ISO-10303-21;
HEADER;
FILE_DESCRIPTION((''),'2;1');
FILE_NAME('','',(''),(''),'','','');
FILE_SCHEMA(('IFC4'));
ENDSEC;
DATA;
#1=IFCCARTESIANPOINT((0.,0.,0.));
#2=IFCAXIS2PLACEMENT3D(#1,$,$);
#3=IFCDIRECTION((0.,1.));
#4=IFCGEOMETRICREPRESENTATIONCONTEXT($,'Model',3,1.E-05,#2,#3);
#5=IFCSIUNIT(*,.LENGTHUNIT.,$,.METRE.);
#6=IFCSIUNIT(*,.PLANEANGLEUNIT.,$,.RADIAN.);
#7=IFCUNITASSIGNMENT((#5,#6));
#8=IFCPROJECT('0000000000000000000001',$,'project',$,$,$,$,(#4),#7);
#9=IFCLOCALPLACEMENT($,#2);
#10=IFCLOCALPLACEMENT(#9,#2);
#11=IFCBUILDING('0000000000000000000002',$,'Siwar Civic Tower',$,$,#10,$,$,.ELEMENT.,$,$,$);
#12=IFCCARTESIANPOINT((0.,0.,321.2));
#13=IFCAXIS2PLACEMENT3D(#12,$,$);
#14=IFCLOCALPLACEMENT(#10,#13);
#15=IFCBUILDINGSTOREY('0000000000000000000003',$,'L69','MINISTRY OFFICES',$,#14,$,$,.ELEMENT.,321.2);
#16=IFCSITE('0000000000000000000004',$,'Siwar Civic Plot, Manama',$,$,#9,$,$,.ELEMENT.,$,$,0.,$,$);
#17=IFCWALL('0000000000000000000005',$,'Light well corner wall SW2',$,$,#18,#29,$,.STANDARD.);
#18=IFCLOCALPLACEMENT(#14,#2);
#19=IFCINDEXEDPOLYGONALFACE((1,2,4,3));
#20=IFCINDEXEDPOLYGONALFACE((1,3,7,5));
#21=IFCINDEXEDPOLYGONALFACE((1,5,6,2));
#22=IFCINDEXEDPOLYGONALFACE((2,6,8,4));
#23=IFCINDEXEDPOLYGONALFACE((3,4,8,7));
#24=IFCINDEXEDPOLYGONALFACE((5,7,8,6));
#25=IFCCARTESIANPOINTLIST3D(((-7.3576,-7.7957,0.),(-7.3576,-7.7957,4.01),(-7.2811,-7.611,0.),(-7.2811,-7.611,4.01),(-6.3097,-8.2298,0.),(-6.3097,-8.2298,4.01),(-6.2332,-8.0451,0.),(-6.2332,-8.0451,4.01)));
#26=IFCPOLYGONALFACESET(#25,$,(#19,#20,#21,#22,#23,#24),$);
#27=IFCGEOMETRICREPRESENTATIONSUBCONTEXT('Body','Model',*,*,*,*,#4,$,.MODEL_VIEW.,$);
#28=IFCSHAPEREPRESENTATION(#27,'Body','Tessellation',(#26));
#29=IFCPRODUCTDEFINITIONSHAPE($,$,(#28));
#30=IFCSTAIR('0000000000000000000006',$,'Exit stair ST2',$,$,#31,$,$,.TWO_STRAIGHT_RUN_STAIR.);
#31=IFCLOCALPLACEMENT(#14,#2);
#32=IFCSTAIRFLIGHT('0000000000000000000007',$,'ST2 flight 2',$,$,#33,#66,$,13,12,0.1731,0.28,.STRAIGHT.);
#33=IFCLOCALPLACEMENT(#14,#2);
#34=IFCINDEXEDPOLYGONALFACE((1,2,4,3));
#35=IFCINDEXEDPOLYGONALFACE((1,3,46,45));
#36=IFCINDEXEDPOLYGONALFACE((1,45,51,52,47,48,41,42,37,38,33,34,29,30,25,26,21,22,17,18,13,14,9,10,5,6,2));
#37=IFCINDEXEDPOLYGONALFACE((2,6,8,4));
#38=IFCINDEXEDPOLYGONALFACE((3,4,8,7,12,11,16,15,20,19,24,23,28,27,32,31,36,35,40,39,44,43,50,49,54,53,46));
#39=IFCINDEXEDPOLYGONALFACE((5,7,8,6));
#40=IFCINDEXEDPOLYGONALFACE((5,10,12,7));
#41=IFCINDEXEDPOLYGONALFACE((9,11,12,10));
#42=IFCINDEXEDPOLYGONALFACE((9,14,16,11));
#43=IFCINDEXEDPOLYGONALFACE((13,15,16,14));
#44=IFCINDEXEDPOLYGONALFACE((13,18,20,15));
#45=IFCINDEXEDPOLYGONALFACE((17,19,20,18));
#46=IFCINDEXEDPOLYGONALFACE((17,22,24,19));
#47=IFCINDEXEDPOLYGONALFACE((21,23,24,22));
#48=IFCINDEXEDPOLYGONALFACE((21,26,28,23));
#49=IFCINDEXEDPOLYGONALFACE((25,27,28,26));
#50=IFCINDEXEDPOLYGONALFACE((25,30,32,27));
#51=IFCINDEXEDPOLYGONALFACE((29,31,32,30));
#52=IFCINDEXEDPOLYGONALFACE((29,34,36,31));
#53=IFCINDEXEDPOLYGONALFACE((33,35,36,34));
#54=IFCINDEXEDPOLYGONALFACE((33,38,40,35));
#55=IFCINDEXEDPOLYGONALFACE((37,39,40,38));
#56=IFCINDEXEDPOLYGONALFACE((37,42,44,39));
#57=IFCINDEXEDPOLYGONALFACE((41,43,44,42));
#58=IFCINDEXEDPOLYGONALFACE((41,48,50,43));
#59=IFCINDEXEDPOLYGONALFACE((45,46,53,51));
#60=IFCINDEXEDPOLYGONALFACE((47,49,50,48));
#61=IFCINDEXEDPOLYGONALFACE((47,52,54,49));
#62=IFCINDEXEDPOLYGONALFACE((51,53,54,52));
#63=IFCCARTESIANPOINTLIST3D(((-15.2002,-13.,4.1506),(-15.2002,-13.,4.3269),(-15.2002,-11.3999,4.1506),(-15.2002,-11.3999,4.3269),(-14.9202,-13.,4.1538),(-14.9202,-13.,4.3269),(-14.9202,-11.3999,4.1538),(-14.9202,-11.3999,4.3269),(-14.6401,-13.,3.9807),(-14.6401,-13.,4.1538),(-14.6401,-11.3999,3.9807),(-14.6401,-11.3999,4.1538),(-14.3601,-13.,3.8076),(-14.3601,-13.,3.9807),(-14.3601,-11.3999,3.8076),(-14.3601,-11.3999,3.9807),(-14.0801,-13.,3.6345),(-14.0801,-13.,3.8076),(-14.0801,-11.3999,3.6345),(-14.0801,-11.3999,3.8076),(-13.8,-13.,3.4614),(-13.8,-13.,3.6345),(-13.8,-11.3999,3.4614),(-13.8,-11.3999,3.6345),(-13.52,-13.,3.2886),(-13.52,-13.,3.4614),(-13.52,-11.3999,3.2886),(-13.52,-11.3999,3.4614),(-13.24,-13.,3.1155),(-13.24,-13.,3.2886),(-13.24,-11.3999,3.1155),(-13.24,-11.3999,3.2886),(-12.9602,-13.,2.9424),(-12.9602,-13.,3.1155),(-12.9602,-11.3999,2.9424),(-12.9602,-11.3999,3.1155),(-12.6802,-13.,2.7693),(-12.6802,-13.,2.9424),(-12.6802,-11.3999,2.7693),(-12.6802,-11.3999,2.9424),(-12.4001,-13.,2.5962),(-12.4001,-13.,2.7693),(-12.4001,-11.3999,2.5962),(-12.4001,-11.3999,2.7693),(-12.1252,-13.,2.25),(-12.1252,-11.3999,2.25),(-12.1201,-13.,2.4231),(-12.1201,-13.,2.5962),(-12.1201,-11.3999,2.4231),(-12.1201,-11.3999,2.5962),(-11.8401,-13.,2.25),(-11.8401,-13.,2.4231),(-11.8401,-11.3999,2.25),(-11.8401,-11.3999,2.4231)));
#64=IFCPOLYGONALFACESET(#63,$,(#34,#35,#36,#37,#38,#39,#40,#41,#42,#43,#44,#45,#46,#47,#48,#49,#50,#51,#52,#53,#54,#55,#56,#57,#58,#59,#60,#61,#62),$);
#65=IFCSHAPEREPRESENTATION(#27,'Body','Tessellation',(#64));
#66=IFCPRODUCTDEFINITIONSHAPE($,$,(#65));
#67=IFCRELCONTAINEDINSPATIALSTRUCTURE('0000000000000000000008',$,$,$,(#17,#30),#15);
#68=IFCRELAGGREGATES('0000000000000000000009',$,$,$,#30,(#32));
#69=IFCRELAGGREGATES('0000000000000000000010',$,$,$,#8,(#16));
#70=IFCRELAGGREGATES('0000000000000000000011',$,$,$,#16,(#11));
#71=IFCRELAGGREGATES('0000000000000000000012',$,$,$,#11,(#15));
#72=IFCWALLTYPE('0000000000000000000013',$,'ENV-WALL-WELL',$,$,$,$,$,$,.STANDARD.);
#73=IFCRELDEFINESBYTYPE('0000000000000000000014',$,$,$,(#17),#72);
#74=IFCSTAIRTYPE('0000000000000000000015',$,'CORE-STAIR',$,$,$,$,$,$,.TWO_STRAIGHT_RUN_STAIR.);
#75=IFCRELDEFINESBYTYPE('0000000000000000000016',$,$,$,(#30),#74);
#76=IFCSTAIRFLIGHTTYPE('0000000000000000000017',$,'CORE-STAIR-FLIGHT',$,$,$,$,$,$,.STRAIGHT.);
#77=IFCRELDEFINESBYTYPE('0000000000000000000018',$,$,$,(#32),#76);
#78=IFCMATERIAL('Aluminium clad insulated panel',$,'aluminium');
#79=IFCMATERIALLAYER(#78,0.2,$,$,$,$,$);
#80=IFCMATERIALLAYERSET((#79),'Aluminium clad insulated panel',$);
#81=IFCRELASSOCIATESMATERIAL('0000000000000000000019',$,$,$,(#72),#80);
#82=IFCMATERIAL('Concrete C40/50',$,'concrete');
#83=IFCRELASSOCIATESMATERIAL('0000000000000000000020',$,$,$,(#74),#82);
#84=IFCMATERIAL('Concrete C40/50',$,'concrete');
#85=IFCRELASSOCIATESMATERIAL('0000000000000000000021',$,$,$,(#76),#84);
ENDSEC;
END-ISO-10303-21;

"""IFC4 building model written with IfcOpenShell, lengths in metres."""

from ifc_helpers import new_model, si_unit, direction, frame, frame_2d, origin, place, context, subcontext, project, spatial, polyline, rectangle, outline, extrude, material, layer, layer_set, type_object, element, aggregate, save


model = new_model("IFC4")

# Units and contexts
model_context = context("Model", 3, precision=1e-05, world=origin(), true_north=direction((0.0, 1.0)))
body_context = subcontext(model_context, "Body", "Model", "MODEL_VIEW")
ifc_project = project(units=[si_unit("LENGTHUNIT", "METRE"), si_unit("PLANEANGLEUNIT", "RADIAN")], contexts=[model_context])

# Site, building, storey
site_placement = place(None, origin())
site = spatial("IfcSite", under=ifc_project, at=site_placement, Name="Siwar Civic Plot, Manama", CompositionType="ELEMENT", RefElevation=0.0)
building_placement = place(site_placement, origin())
building = spatial("IfcBuilding", under=site, at=building_placement, Name="Siwar Civic Tower", CompositionType="ELEMENT")
storey_placement = place(building_placement, frame((0.0, 0.0, 321.2)))
storey = spatial("IfcBuildingStorey", under=building, at=storey_placement, Name="L69", Description="MINISTRY OFFICES", CompositionType="ELEMENT", Elevation=321.2)

# Wall
ifc_material_1 = material(Name="Aluminium clad insulated panel", Category="aluminium")
ifc_layer_1 = layer(ifc_material_1, 0.2)
ifc_layer_set_1 = layer_set([ifc_layer_1], Name="Aluminium clad insulated panel")
wall_type_1 = type_object("IfcWallType", Name="ENV-WALL-WELL", PredefinedType="STANDARD", material=ifc_layer_set_1)
wall_1_placement = place(storey_placement, frame((-7.3193, -7.7034, 0.0), z_axis=(0.0, 0.0, 1.0), x_axis=(0.923865, -0.382719, 0.0)))
element("IfcWall", 1, at=wall_1_placement, inside=storey, type_object=wall_type_1, Name="Light well corner wall SW2", PredefinedType="STANDARD", context=body_context, shape_type="SweptSolid", body=[
    extrude(rectangle(XDim=1.1343, YDim=0.2, at=frame_2d((0.5671, 0.0))), origin(), (0.0, 0.0, 1.0), 4.01),
])

# Stair, stair flight
ifc_material_2 = material(Name="Concrete C40/50", Category="concrete")
stair_type = type_object("IfcStairType", Name="CORE-STAIR", PredefinedType="TWO_STRAIGHT_RUN_STAIR", material=ifc_material_2)
stair_placement = place(storey_placement, origin())
stair = element("IfcStair", 2, at=stair_placement, inside=storey, type_object=stair_type, Name="Exit stair ST2", PredefinedType="TWO_STRAIGHT_RUN_STAIR")
ifc_material_3 = material(Name="Concrete C40/50", Category="concrete")
stair_flight_type = type_object("IfcStairFlightType", Name="CORE-STAIR-FLIGHT", PredefinedType="STRAIGHT", material=ifc_material_3)
stair_flight_placement = place(storey_placement, frame((-11.8401, -12.2, 2.25), z_axis=(0.0, 0.0, 1.0), x_axis=(-1.0, 0.0, 0.0)))
stair_flight = element("IfcStairFlight", 3, at=stair_flight_placement, type_object=stair_flight_type, Name="ST2 flight 2", NumberOfRisers=13, NumberOfTreads=12, PredefinedType="STRAIGHT", RiserHeight=0.1731, TreadLength=0.28, context=body_context, shape_type="SweptSolid", body=[
    extrude(outline(polyline([(0.0, 0.0), (0.0, 0.1731), (0.28, 0.1731), (0.28, 0.3462), (0.5601, 0.3462), (0.5601, 0.5193), (0.8401, 0.5193), (0.8401, 0.6924), (1.1201, 0.6924), (1.1201, 0.8655), (1.3999, 0.8655), (1.3999, 1.0386), (1.6799, 1.0386), (1.6799, 1.2114), (1.96, 1.2114), (1.96, 1.3845), (2.24, 1.3845), (2.24, 1.5576), (2.52, 1.5576), (2.52, 1.7307), (2.8, 1.7307), (2.8, 1.9038), (3.0801, 1.9038), (3.0801, 2.0769), (3.3601, 2.0769), (3.3601, 2.25), (3.3601, 1.9006), (0.2852, 0.0), (0.0, 0.0)])), frame((0.0, 0.8, 0.0), z_axis=(0.0, -1.0, 0.0), x_axis=(1.0, 0.0, 0.0)), (0.0, 0.0, 1.0), 1.6001),
])
aggregate(stair, [stair_flight])

save(model, "model.ifc")
